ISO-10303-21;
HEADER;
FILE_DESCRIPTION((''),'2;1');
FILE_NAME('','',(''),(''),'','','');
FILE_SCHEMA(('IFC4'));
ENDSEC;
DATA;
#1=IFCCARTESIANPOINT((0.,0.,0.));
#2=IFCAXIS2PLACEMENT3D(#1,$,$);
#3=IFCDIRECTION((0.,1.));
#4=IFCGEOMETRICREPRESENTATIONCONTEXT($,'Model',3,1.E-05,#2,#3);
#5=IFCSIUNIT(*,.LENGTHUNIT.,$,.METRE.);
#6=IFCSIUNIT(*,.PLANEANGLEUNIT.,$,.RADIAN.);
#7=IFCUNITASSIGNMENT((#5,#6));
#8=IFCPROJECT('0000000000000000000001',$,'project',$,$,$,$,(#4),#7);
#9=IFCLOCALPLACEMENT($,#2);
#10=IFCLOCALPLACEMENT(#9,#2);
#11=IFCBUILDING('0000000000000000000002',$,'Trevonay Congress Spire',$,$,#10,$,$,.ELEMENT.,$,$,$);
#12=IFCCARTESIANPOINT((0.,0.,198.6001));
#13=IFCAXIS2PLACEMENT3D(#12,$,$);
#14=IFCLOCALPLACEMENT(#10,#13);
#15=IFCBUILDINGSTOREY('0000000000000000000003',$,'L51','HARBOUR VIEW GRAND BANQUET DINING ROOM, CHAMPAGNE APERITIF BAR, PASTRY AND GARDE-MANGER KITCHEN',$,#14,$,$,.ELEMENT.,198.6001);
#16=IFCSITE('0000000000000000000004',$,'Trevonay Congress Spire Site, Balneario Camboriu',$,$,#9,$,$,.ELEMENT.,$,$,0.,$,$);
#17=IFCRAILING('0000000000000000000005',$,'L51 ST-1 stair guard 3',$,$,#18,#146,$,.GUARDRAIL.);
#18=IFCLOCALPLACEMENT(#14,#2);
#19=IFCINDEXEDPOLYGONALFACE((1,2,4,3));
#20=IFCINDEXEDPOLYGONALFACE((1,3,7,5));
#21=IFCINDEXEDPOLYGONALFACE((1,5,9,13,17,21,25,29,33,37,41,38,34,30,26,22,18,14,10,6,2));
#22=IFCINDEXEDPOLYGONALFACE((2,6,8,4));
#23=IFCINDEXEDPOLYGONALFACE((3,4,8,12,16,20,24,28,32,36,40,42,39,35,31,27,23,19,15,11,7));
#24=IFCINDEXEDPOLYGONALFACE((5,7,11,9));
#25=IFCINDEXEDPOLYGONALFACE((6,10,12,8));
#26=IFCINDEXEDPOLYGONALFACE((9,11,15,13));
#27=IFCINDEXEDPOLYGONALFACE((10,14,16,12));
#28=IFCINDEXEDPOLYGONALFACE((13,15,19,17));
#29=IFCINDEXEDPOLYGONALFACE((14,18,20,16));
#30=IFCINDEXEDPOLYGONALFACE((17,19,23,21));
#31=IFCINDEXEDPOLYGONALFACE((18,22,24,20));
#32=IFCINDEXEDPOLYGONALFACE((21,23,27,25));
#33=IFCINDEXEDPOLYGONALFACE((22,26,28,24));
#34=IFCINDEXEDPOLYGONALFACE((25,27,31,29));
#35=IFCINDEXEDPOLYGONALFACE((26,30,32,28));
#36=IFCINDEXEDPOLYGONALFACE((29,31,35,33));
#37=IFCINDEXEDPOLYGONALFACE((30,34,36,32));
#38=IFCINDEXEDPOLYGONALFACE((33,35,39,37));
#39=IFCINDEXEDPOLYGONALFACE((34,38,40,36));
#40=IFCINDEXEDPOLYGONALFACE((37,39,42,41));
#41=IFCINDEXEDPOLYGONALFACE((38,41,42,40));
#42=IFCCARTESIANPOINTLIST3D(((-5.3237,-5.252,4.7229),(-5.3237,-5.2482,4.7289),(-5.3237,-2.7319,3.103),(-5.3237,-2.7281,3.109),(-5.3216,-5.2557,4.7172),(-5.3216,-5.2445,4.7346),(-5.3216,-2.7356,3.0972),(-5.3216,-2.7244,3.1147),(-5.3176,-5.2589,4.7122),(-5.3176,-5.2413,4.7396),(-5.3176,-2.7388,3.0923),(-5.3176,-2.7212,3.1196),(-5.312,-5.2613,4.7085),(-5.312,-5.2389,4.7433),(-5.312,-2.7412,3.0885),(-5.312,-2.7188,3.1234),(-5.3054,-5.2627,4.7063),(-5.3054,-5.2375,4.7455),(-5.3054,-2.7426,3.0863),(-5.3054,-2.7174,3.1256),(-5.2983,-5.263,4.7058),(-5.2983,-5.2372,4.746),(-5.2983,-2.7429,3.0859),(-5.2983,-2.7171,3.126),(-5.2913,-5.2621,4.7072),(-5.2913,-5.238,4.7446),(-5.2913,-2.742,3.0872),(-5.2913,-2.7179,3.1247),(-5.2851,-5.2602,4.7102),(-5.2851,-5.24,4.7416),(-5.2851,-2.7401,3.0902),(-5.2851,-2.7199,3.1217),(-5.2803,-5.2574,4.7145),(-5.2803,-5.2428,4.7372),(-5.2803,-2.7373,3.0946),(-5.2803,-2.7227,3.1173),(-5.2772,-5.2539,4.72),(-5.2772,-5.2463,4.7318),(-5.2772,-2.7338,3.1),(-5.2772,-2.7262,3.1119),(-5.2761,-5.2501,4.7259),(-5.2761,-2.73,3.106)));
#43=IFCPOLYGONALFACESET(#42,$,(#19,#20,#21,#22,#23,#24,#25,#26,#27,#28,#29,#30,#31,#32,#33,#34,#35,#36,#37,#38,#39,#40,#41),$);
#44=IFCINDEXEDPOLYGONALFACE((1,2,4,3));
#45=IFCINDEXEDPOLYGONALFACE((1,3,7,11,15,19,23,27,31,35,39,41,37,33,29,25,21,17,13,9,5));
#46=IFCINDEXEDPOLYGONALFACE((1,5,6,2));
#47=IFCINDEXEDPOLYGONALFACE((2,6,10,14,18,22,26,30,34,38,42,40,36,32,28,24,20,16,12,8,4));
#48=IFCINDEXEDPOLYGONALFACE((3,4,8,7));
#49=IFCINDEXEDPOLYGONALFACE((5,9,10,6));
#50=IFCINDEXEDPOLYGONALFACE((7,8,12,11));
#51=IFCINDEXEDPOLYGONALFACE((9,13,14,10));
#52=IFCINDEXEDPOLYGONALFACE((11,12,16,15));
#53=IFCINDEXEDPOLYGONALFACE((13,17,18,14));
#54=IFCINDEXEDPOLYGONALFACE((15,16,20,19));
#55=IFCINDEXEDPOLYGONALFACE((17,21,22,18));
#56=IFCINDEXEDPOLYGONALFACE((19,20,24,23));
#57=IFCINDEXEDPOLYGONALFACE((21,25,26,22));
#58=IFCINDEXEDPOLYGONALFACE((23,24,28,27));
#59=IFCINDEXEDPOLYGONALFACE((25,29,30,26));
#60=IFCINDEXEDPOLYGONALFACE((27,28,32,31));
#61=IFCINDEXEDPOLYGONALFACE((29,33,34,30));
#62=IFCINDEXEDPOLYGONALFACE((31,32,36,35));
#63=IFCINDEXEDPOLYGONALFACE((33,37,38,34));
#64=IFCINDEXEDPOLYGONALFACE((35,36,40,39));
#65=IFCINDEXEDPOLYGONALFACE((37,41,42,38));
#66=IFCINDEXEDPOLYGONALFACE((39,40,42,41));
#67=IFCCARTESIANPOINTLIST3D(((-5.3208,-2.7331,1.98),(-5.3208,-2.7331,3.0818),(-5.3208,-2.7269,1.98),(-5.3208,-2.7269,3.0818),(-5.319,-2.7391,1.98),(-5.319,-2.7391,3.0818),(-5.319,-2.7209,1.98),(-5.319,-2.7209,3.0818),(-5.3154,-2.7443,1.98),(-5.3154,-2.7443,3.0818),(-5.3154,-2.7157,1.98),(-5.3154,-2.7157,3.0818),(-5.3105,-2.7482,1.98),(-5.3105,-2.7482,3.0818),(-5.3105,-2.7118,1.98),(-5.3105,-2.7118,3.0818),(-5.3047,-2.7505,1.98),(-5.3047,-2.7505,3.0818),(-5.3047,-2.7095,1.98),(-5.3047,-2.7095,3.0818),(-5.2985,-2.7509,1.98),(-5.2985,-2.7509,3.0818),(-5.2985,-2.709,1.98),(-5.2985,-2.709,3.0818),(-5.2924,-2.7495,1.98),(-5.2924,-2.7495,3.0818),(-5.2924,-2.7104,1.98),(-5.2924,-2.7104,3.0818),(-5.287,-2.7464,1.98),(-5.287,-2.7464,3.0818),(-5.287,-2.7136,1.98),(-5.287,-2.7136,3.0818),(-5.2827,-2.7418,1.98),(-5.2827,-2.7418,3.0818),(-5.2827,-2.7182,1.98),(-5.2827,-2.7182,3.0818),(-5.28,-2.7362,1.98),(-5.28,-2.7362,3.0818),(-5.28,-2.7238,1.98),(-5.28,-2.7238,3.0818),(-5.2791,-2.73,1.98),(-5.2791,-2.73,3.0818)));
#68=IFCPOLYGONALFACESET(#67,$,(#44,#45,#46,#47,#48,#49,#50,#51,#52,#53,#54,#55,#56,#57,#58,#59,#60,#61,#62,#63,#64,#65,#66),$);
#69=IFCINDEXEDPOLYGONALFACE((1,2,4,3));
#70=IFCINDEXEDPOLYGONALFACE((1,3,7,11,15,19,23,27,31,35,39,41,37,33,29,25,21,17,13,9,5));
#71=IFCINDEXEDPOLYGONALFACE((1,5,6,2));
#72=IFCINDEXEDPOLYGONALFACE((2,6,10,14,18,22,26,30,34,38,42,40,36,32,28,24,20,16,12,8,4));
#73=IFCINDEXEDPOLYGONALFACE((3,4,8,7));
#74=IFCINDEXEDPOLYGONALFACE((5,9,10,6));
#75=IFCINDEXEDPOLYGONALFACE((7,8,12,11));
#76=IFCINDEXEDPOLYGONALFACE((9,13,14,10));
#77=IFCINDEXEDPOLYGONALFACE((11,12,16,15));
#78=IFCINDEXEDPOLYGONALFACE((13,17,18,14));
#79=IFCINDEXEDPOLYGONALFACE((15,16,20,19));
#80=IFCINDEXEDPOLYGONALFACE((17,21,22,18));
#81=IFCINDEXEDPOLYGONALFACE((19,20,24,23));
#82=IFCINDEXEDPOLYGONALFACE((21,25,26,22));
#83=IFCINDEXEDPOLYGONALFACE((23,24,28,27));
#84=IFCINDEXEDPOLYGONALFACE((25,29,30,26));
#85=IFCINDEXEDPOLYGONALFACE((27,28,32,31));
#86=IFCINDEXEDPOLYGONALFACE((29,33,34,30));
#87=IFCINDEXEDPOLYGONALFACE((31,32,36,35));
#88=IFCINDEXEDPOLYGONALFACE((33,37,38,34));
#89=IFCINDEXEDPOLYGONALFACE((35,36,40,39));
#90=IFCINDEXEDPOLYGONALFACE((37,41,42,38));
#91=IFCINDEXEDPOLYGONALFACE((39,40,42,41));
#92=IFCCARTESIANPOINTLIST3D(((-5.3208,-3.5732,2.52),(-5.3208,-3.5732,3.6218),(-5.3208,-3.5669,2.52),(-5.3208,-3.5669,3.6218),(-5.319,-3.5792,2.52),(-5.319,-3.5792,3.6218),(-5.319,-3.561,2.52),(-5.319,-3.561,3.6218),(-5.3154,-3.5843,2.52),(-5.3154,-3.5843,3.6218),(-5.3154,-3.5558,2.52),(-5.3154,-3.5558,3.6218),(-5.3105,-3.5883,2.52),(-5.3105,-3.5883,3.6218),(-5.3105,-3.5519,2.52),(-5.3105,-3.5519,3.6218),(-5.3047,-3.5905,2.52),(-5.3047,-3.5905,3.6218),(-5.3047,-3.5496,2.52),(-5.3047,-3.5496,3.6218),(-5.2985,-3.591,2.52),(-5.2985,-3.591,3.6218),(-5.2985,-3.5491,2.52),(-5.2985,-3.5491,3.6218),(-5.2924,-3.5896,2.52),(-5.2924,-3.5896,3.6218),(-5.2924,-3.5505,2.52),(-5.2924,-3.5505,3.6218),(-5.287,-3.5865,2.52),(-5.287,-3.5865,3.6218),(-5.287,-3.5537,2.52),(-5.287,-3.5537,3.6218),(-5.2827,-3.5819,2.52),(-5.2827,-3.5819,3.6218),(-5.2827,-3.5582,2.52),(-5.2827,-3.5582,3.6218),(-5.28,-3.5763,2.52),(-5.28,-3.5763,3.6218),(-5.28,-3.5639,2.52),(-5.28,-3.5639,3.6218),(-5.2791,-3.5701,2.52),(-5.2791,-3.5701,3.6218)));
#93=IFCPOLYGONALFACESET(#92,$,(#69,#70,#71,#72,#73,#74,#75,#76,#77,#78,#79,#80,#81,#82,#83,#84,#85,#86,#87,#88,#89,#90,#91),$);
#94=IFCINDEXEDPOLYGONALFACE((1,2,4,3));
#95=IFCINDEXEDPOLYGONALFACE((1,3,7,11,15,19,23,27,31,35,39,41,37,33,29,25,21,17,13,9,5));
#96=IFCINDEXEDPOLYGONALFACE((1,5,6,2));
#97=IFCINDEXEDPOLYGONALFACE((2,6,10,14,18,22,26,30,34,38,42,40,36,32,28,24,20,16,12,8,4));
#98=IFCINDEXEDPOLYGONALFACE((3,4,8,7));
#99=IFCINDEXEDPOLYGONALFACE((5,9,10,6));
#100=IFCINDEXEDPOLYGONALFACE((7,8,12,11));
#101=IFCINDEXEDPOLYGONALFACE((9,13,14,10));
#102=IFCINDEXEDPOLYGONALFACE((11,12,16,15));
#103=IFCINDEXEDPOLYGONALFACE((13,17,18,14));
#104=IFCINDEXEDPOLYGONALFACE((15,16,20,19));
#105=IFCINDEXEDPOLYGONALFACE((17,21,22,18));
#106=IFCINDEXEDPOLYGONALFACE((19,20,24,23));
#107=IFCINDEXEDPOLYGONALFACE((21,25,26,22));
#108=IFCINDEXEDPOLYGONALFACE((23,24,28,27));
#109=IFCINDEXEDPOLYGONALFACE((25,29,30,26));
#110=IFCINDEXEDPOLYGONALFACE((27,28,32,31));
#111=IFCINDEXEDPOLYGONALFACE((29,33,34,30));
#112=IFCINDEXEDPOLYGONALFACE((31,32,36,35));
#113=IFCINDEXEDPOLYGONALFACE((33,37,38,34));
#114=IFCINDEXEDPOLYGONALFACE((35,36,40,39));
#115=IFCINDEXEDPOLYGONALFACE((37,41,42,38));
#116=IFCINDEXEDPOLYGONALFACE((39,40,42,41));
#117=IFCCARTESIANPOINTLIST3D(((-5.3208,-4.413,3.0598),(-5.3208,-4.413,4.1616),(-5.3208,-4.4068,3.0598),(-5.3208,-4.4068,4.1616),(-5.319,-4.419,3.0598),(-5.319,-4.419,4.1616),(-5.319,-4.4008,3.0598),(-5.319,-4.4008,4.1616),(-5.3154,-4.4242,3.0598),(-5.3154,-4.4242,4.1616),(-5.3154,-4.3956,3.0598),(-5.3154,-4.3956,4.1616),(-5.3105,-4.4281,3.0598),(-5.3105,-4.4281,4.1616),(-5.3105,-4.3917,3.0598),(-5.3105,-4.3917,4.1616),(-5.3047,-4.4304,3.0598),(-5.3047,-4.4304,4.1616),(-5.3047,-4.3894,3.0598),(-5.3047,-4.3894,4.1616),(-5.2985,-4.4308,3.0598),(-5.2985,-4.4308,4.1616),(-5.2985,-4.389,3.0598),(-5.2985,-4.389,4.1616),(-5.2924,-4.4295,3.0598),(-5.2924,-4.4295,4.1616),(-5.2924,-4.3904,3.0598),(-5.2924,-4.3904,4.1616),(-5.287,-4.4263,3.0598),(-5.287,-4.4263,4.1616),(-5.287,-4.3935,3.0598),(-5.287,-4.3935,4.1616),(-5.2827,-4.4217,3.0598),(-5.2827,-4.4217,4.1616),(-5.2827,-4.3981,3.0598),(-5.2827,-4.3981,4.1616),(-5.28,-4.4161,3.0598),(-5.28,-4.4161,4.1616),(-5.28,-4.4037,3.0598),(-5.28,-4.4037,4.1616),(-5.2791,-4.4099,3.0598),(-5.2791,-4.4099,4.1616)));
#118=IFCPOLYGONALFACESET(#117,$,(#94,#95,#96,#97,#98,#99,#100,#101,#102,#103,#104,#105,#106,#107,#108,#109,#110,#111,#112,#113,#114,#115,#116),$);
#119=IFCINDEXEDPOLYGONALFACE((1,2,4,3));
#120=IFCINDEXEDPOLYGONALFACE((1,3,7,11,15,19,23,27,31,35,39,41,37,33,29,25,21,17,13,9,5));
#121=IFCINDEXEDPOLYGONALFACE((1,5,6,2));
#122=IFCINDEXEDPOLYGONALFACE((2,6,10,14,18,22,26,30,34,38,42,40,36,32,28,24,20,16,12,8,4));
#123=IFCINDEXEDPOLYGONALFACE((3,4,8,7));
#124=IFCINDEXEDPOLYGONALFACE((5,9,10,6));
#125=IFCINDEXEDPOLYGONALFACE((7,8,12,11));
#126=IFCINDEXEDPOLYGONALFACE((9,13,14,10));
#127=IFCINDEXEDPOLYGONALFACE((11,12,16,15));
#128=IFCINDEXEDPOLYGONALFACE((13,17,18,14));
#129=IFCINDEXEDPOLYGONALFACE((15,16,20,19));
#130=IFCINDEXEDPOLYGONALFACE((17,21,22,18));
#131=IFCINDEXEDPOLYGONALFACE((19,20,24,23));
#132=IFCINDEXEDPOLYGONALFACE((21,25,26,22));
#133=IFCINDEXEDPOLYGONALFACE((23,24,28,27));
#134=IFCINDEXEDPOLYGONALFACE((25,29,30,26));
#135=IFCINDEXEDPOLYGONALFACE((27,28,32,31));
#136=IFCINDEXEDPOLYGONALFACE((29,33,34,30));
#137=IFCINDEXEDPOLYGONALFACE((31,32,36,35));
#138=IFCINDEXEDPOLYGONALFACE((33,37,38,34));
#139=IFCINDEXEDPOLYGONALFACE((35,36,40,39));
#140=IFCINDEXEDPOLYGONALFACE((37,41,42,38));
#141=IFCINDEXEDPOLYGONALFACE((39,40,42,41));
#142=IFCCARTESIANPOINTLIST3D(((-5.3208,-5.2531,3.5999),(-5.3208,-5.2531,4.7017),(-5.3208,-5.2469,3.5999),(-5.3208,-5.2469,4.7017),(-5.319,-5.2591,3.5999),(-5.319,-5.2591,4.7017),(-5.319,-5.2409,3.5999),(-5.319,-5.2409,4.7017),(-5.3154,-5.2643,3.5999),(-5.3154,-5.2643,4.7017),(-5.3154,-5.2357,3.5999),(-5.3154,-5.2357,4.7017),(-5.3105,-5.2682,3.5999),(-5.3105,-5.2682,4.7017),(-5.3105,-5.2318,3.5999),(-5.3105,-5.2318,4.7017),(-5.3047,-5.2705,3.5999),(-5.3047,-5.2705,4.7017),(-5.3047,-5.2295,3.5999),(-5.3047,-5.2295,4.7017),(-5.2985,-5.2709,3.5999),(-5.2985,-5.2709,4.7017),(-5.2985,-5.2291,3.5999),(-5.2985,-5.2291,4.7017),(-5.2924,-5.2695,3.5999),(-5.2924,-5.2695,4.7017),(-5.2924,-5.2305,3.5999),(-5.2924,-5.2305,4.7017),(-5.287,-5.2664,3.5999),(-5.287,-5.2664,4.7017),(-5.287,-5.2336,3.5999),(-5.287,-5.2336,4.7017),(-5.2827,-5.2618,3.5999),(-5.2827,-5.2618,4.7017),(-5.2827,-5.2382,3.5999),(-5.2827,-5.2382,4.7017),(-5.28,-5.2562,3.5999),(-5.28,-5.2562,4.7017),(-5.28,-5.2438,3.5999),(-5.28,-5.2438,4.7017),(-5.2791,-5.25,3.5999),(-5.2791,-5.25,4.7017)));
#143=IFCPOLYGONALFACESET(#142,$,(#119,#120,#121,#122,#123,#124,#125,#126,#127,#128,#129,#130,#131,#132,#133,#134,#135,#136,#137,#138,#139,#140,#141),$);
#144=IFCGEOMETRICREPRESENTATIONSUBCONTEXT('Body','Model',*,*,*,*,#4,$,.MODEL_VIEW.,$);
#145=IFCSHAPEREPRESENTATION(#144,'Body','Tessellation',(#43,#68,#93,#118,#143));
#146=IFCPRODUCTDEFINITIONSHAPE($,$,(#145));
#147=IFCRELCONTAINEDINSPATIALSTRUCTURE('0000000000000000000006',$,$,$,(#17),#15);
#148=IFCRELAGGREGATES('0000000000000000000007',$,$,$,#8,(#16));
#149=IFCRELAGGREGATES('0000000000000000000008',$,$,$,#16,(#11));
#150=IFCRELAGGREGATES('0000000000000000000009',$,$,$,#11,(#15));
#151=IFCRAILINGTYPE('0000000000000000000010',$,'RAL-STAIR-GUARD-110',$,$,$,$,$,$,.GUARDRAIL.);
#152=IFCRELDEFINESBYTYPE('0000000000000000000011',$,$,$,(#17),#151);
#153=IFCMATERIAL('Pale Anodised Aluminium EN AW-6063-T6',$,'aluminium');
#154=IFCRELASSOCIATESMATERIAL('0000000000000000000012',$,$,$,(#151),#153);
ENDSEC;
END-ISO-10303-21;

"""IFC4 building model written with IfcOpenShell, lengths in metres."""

from ifc_helpers import new_model, si_unit, direction, frame, origin, origin_2d, place, context, subcontext, project, spatial, circle, extrude, material, type_object, element, save


model = new_model("IFC4")

# Units and contexts
model_context = context("Model", 3, precision=1e-05, world=origin(), true_north=direction((0.0, 1.0)))
body_context = subcontext(model_context, "Body", "Model", "MODEL_VIEW")
ifc_project = project(units=[si_unit("LENGTHUNIT", "METRE"), si_unit("PLANEANGLEUNIT", "RADIAN")], contexts=[model_context])

# Site, building, storey
site_placement = place(None, origin())
site = spatial("IfcSite", under=ifc_project, at=site_placement, Name="Trevonay Congress Spire Site, Balneario Camboriu", CompositionType="ELEMENT", RefElevation=0.0)
building_placement = place(site_placement, origin())
building = spatial("IfcBuilding", under=site, at=building_placement, Name="Trevonay Congress Spire", CompositionType="ELEMENT")
storey_placement = place(building_placement, frame((0.0, 0.0, 198.6001)))
storey = spatial("IfcBuildingStorey", under=building, at=storey_placement, Name="L51", Description="HARBOUR VIEW GRAND BANQUET DINING ROOM, CHAMPAGNE APERITIF BAR, PASTRY AND GARDE-MANGER KITCHEN", CompositionType="ELEMENT", Elevation=198.6001)

# Railing
ifc_material_1 = material(Name="Pale Anodised Aluminium EN AW-6063-T6", Category="aluminium")
railing_type_1 = type_object("IfcRailingType", Name="RAL-STAIR-GUARD-110", PredefinedType="GUARDRAIL", material=ifc_material_1)
railing_1_placement = place(storey_placement, frame((-5.3, -2.73, 1.98)))
element("IfcRailing", 1, at=railing_1_placement, inside=storey, type_object=railing_type_1, Name="L51 ST-1 stair guard 3", PredefinedType="GUARDRAIL", context=body_context, shape_type="SweptSolid", body=[
    extrude(circle(Radius=0.0239, at=origin_2d()), frame((0.0, 0.0, 1.126), z_axis=(0.0, -0.8412, 0.540725), x_axis=(1.0, 0.0, 0.0)), (0.0, 0.0, 1.0), 2.9958),
    extrude(circle(Radius=0.021, at=origin_2d()), origin(), (0.0, 0.0, 1.0), 1.1018),
    extrude(circle(Radius=0.021, at=origin_2d()), frame((0.0, -0.8401, 0.54)), (0.0, 0.0, 1.0), 1.1018),
    extrude(circle(Radius=0.021, at=origin_2d()), frame((0.0, -1.6799, 1.0798)), (0.0, 0.0, 1.0), 1.1018),
    extrude(circle(Radius=0.021, at=origin_2d()), frame((0.0, -2.52, 1.6199)), (0.0, 0.0, 1.0), 1.1018),
])

save(model, "model.ifc")
